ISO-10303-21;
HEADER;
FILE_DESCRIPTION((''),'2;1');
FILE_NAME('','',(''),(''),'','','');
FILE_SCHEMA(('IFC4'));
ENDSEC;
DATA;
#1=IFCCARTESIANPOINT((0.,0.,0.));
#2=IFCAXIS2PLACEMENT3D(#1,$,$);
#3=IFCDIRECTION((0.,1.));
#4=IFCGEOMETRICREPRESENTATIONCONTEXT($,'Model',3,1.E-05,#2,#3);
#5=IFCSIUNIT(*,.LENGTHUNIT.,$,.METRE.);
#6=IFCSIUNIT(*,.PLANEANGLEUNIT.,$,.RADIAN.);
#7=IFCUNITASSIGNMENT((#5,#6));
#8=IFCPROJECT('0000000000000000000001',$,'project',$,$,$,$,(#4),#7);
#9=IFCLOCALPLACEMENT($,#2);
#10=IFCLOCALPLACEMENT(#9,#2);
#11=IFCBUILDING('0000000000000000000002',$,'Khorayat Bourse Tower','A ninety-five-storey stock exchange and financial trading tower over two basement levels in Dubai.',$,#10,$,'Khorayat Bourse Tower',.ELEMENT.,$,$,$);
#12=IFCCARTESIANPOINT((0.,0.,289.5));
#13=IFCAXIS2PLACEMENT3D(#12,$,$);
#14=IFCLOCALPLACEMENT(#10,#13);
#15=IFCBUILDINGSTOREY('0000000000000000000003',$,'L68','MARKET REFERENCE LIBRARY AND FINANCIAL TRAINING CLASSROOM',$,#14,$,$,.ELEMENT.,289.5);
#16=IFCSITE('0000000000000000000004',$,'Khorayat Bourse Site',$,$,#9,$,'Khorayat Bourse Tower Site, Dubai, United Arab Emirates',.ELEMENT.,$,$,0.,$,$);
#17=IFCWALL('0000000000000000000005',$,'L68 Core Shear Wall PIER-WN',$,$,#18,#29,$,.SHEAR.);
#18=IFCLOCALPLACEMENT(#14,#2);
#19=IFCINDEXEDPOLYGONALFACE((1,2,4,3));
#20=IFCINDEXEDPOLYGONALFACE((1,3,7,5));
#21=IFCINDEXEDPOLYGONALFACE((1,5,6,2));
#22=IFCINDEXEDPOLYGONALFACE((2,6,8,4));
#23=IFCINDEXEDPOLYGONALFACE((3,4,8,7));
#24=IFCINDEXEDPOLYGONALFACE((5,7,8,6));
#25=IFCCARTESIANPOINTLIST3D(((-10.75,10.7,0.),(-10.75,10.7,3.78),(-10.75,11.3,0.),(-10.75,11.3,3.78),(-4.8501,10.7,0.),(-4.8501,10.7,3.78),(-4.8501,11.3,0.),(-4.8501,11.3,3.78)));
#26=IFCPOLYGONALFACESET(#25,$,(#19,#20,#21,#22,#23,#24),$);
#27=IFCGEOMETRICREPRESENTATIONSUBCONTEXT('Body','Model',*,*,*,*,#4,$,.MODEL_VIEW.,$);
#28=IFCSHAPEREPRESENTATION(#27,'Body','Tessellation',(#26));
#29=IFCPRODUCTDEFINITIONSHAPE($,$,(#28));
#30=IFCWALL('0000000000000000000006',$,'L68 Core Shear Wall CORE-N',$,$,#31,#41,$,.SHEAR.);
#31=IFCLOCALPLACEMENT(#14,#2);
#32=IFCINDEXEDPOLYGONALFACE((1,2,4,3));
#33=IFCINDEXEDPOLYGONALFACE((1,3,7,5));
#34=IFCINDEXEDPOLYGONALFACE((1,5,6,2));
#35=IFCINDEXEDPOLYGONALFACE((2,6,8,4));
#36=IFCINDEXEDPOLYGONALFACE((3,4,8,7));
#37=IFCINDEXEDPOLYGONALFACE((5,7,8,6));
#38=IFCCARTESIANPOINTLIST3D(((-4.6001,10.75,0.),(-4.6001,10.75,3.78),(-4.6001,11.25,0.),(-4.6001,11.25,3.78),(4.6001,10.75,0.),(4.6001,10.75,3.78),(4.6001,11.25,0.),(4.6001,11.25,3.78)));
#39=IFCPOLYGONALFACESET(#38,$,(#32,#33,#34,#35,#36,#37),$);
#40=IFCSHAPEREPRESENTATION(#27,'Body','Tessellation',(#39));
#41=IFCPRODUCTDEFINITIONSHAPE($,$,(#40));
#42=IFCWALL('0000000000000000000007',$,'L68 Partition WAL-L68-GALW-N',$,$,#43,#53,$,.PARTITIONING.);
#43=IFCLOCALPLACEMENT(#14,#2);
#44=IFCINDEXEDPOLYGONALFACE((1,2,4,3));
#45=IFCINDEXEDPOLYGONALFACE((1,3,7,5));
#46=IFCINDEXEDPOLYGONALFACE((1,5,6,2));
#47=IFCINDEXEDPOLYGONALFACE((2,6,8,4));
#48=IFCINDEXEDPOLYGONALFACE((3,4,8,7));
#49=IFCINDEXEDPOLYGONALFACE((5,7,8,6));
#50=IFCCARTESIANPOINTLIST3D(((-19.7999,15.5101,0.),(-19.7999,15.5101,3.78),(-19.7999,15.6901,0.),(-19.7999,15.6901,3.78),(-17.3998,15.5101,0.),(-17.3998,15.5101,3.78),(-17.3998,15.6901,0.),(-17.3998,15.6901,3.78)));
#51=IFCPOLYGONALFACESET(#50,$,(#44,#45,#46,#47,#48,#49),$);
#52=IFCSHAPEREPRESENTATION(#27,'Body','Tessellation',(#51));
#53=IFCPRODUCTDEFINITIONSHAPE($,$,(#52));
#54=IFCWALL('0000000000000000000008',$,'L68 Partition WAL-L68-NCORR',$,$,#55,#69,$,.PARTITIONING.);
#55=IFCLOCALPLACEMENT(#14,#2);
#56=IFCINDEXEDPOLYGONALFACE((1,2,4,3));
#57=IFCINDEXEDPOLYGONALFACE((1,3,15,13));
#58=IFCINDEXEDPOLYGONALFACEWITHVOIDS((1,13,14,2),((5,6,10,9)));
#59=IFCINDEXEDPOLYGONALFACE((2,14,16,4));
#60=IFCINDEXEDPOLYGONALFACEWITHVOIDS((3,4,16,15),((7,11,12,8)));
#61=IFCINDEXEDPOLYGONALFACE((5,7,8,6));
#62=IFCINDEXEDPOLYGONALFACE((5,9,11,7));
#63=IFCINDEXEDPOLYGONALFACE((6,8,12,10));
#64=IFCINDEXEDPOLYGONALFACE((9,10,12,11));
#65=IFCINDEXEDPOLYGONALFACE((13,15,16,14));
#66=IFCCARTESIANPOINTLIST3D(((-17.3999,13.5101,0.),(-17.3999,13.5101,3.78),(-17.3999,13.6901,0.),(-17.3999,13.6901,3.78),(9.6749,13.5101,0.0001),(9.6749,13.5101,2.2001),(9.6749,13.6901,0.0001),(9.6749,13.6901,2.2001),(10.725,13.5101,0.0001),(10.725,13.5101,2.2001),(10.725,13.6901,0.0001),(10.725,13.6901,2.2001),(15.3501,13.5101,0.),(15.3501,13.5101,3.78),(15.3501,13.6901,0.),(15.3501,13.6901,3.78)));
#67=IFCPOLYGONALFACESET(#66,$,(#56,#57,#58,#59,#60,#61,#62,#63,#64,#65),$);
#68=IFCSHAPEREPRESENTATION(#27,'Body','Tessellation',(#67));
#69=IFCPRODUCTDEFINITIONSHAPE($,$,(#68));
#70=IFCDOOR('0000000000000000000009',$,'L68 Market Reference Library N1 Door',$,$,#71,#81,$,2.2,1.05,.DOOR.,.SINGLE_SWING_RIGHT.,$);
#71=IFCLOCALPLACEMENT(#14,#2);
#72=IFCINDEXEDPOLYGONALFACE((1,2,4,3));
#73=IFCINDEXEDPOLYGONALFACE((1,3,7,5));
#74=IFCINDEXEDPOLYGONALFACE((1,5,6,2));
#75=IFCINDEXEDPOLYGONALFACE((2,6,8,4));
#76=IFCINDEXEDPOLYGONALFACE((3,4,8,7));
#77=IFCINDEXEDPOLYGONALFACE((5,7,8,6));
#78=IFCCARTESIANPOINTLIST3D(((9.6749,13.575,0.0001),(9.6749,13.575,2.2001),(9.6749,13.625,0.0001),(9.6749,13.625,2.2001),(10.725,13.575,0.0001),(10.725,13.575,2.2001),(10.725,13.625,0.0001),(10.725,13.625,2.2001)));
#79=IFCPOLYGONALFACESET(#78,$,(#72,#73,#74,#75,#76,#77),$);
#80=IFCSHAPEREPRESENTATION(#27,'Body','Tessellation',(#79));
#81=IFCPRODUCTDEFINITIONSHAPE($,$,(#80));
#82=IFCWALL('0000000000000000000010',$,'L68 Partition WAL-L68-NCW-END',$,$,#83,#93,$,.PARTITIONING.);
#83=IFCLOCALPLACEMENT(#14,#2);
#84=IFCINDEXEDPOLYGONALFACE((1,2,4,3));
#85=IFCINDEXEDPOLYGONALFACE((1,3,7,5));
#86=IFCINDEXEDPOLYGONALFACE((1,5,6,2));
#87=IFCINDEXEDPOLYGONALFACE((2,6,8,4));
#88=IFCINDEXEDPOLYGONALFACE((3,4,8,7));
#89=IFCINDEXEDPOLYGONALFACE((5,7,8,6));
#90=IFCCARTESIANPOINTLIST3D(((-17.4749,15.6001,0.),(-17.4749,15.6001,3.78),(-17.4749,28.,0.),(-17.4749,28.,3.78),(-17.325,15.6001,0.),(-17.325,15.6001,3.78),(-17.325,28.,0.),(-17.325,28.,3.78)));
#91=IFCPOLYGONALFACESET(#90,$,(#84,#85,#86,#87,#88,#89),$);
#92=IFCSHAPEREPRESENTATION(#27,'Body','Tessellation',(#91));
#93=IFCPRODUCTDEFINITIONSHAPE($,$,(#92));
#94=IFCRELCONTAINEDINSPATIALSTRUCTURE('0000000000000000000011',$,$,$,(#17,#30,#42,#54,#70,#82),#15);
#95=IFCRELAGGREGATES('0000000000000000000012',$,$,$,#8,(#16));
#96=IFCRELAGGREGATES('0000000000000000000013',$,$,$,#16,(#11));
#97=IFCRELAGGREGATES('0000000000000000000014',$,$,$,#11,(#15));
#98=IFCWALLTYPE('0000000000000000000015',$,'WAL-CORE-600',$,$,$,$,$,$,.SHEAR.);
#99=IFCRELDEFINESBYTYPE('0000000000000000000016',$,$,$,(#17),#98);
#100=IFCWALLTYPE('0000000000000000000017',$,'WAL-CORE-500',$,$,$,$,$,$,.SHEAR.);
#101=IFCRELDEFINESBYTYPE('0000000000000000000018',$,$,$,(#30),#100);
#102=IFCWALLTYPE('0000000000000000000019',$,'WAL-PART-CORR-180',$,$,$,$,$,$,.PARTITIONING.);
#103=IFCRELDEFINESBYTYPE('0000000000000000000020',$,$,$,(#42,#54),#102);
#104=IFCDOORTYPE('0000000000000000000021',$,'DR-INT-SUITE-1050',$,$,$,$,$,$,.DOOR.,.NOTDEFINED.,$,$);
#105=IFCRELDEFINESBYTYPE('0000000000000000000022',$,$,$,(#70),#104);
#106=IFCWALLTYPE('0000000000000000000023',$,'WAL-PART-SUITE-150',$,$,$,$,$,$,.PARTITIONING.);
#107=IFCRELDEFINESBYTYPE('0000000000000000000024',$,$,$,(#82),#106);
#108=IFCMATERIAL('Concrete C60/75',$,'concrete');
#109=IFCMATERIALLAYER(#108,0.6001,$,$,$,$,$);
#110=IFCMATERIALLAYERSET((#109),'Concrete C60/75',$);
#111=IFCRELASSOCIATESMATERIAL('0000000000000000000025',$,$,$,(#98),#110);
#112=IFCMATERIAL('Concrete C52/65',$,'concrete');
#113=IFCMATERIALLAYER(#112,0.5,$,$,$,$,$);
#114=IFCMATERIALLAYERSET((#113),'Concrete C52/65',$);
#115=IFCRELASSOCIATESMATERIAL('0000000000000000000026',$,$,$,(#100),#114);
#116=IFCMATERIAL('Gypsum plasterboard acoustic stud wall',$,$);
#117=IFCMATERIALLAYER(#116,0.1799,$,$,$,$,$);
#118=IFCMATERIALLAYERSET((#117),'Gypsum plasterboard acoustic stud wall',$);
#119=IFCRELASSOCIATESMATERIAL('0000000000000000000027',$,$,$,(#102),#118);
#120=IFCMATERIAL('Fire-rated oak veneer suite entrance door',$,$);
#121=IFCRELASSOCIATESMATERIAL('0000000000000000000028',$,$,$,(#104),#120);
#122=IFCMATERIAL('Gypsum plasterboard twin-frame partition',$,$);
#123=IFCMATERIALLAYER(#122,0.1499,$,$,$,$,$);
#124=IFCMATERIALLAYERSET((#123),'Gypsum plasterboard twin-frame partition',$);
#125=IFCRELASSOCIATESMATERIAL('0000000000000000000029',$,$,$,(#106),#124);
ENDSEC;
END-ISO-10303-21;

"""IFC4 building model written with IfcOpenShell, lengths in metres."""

from ifc_helpers import new_model, si_unit, direction, frame, frame_2d, origin, place, context, subcontext, project, spatial, rectangle, extrude, source, transform, mapped, material, layer, layer_set, type_object, element, fill, save


model = new_model("IFC4")

# Units and contexts
model_context = context("Model", 3, precision=1e-05, world=origin(), true_north=direction((0.0, 1.0)))
body_context = subcontext(model_context, "Body", "Model", "MODEL_VIEW")
ifc_project = project(units=[si_unit("LENGTHUNIT", "METRE"), si_unit("PLANEANGLEUNIT", "RADIAN")], contexts=[model_context])

# Site, building, storey
site_placement = place(None, origin())
site = spatial("IfcSite", under=ifc_project, at=site_placement, Name="Khorayat Bourse Site", LongName="Khorayat Bourse Tower Site, Dubai, United Arab Emirates", CompositionType="ELEMENT", RefElevation=0.0)
building_placement = place(site_placement, origin())
building = spatial("IfcBuilding", under=site, at=building_placement, Name="Khorayat Bourse Tower", Description="A ninety-five-storey stock exchange and financial trading tower over two basement levels in Dubai.", LongName="Khorayat Bourse Tower", CompositionType="ELEMENT")
storey_placement = place(building_placement, frame((0.0, 0.0, 289.5)))
storey = spatial("IfcBuildingStorey", under=building, at=storey_placement, Name="L68", Description="MARKET REFERENCE LIBRARY AND FINANCIAL TRAINING CLASSROOM", CompositionType="ELEMENT", Elevation=289.5)

# Shared definitions
ifc_material_1 = material(Name="Concrete C52/65", Category="concrete")

# Shared definitions
ifc_material_2 = material(Name="Concrete C60/75", Category="concrete")

# Walls
ifc_layer_1 = layer(ifc_material_2, 0.6001)
ifc_layer_set_1 = layer_set([ifc_layer_1], Name="Concrete C60/75")
wall_type_1 = type_object("IfcWallType", Name="WAL-CORE-600", PredefinedType="SHEAR", material=ifc_layer_set_1)
shared_shape_1 = source(origin(), body_context, "Body", "SweptSolid", [
    extrude(rectangle(XDim=5.8999, YDim=0.6001, at=frame_2d((2.95, 0.0))), origin(), (0.0, 0.0, 1.0), 3.78),
])
wall_1_placement = place(storey_placement, frame((-10.75, 11.0, 0.0), z_axis=(0.0, 0.0, 1.0), x_axis=(1.0, 0.0, 0.0)))
element("IfcWall", 1, at=wall_1_placement, inside=storey, type_object=wall_type_1, Name="L68 Core Shear Wall PIER-WN", PredefinedType="SHEAR", context=body_context, shape_type="MappedRepresentation", body=[
    mapped(shared_shape_1, transform((0.0, 0.0, 0.0), scale=1.0)),
])
ifc_layer_2 = layer(ifc_material_1, 0.5)
ifc_layer_set_2 = layer_set([ifc_layer_2], Name="Concrete C52/65")
wall_type_2 = type_object("IfcWallType", Name="WAL-CORE-500", PredefinedType="SHEAR", material=ifc_layer_set_2)
shared_shape_2 = source(origin(), body_context, "Body", "SweptSolid", [
    extrude(rectangle(XDim=9.2002, YDim=0.5, at=frame_2d((4.6001, 0.0))), origin(), (0.0, 0.0, 1.0), 3.78),
])
wall_2_placement = place(storey_placement, frame((-4.6001, 11.0, 0.0), z_axis=(0.0, 0.0, 1.0), x_axis=(1.0, 0.0, 0.0)))
element("IfcWall", 2, at=wall_2_placement, inside=storey, type_object=wall_type_2, Name="L68 Core Shear Wall CORE-N", PredefinedType="SHEAR", context=body_context, shape_type="MappedRepresentation", body=[
    mapped(shared_shape_2, transform((0.0, 0.0, 0.0), scale=1.0)),
])
ifc_material_3 = material(Name="Gypsum plasterboard acoustic stud wall")
ifc_layer_3 = layer(ifc_material_3, 0.1799)
ifc_layer_set_3 = layer_set([ifc_layer_3], Name="Gypsum plasterboard acoustic stud wall")
wall_type_3 = type_object("IfcWallType", Name="WAL-PART-CORR-180", PredefinedType="PARTITIONING", material=ifc_layer_set_3)
shared_shape_3 = source(origin(), body_context, "Body", "SweptSolid", [
    extrude(rectangle(XDim=2.4001, YDim=0.1799, at=frame_2d((1.2002, 0.0))), origin(), (0.0, 0.0, 1.0), 3.78),
])
wall_3_placement = place(storey_placement, frame((-19.8, 15.6001, 0.0), z_axis=(0.0, 0.0, 1.0), x_axis=(1.0, 0.0, 0.0)))
element("IfcWall", 3, at=wall_3_placement, inside=storey, type_object=wall_type_3, Name="L68 Partition WAL-L68-GALW-N", PredefinedType="PARTITIONING", context=body_context, shape_type="MappedRepresentation", body=[
    mapped(shared_shape_3, transform((0.0, 0.0, 0.0), scale=1.0)),
])

# Wall, opening, door
shared_shape_4 = source(origin(), body_context, "Body", "SweptSolid", [
    extrude(rectangle(XDim=32.75, YDim=0.1799, at=frame_2d((16.375, 0.0))), origin(), (0.0, 0.0, 1.0), 3.78),
])
wall_4_placement = place(storey_placement, frame((-17.3999, 13.6001, 0.0), z_axis=(0.0, 0.0, 1.0), x_axis=(1.0, 0.0, 0.0)))
wall_4 = element("IfcWall", 4, at=wall_4_placement, inside=storey, type_object=wall_type_3, Name="L68 Partition WAL-L68-NCORR", PredefinedType="PARTITIONING", context=body_context, shape_type="MappedRepresentation", body=[
    mapped(shared_shape_4, transform((0.0, 0.0, 0.0), scale=1.0)),
])
shared_shape_5 = source(origin(), body_context, "Body", "SweptSolid", [
    extrude(rectangle(XDim=1.05, YDim=2.2, at=frame_2d((0.5249, 1.1001))), frame((0.0, 0.0999, 0.0), z_axis=(0.0, -1.0, 0.0), x_axis=(1.0, 0.0, 0.0)), (0.0, 0.0, 1.0), 0.2),
])
opening_placement = place(wall_4_placement, frame((27.075, 0.0, 0.0)))
opening = element("IfcOpeningElement", 5, at=opening_placement, cuts=wall_4, PredefinedType="OPENING", context=body_context, shape_type="MappedRepresentation", body=[
    mapped(shared_shape_5, transform((0.0, 0.0, 0.0), scale=1.0)),
])
ifc_material_4 = material(Name="Fire-rated oak veneer suite entrance door")
door_type = type_object("IfcDoorType", Name="DR-INT-SUITE-1050", OperationType="NOTDEFINED", PredefinedType="DOOR", material=ifc_material_4)
shared_shape_6 = source(origin(), body_context, "Body", "SweptSolid", [
    extrude(rectangle(XDim=1.05, YDim=2.2, at=frame_2d((0.5249, 1.1001))), frame((0.0, 0.0249, 0.0), z_axis=(0.0, -1.0, 0.0), x_axis=(1.0, 0.0, 0.0)), (0.0, 0.0, 1.0), 0.05),
])
door_placement = place(opening_placement, origin())
door = element("IfcDoor", 6, at=door_placement, inside=storey, type_object=door_type, Name="L68 Market Reference Library N1 Door", OperationType="SINGLE_SWING_RIGHT", OverallHeight=2.2, OverallWidth=1.05, PredefinedType="DOOR", context=body_context, shape_type="MappedRepresentation", body=[
    mapped(shared_shape_6, transform((0.0, 0.0, 0.0), scale=1.0)),
])
fill(opening, door)

# Wall
ifc_material_5 = material(Name="Gypsum plasterboard twin-frame partition")
ifc_layer_4 = layer(ifc_material_5, 0.1499)
ifc_layer_set_4 = layer_set([ifc_layer_4], Name="Gypsum plasterboard twin-frame partition")
wall_type_4 = type_object("IfcWallType", Name="WAL-PART-SUITE-150", PredefinedType="PARTITIONING", material=ifc_layer_set_4)
shared_shape_7 = source(origin(), body_context, "Body", "SweptSolid", [
    extrude(rectangle(XDim=12.3999, YDim=0.1499, at=frame_2d((6.2, 0.0))), origin(), (0.0, 0.0, 1.0), 3.78),
])
wall_5_placement = place(storey_placement, frame((-17.3999, 15.6001, 0.0), z_axis=(0.0, 0.0, 1.0), x_axis=(0.0, 1.0, 0.0)))
element("IfcWall", 7, at=wall_5_placement, inside=storey, type_object=wall_type_4, Name="L68 Partition WAL-L68-NCW-END", PredefinedType="PARTITIONING", context=body_context, shape_type="MappedRepresentation", body=[
    mapped(shared_shape_7, transform((0.0, 0.0, 0.0), scale=1.0)),
])

save(model, "model.ifc")
